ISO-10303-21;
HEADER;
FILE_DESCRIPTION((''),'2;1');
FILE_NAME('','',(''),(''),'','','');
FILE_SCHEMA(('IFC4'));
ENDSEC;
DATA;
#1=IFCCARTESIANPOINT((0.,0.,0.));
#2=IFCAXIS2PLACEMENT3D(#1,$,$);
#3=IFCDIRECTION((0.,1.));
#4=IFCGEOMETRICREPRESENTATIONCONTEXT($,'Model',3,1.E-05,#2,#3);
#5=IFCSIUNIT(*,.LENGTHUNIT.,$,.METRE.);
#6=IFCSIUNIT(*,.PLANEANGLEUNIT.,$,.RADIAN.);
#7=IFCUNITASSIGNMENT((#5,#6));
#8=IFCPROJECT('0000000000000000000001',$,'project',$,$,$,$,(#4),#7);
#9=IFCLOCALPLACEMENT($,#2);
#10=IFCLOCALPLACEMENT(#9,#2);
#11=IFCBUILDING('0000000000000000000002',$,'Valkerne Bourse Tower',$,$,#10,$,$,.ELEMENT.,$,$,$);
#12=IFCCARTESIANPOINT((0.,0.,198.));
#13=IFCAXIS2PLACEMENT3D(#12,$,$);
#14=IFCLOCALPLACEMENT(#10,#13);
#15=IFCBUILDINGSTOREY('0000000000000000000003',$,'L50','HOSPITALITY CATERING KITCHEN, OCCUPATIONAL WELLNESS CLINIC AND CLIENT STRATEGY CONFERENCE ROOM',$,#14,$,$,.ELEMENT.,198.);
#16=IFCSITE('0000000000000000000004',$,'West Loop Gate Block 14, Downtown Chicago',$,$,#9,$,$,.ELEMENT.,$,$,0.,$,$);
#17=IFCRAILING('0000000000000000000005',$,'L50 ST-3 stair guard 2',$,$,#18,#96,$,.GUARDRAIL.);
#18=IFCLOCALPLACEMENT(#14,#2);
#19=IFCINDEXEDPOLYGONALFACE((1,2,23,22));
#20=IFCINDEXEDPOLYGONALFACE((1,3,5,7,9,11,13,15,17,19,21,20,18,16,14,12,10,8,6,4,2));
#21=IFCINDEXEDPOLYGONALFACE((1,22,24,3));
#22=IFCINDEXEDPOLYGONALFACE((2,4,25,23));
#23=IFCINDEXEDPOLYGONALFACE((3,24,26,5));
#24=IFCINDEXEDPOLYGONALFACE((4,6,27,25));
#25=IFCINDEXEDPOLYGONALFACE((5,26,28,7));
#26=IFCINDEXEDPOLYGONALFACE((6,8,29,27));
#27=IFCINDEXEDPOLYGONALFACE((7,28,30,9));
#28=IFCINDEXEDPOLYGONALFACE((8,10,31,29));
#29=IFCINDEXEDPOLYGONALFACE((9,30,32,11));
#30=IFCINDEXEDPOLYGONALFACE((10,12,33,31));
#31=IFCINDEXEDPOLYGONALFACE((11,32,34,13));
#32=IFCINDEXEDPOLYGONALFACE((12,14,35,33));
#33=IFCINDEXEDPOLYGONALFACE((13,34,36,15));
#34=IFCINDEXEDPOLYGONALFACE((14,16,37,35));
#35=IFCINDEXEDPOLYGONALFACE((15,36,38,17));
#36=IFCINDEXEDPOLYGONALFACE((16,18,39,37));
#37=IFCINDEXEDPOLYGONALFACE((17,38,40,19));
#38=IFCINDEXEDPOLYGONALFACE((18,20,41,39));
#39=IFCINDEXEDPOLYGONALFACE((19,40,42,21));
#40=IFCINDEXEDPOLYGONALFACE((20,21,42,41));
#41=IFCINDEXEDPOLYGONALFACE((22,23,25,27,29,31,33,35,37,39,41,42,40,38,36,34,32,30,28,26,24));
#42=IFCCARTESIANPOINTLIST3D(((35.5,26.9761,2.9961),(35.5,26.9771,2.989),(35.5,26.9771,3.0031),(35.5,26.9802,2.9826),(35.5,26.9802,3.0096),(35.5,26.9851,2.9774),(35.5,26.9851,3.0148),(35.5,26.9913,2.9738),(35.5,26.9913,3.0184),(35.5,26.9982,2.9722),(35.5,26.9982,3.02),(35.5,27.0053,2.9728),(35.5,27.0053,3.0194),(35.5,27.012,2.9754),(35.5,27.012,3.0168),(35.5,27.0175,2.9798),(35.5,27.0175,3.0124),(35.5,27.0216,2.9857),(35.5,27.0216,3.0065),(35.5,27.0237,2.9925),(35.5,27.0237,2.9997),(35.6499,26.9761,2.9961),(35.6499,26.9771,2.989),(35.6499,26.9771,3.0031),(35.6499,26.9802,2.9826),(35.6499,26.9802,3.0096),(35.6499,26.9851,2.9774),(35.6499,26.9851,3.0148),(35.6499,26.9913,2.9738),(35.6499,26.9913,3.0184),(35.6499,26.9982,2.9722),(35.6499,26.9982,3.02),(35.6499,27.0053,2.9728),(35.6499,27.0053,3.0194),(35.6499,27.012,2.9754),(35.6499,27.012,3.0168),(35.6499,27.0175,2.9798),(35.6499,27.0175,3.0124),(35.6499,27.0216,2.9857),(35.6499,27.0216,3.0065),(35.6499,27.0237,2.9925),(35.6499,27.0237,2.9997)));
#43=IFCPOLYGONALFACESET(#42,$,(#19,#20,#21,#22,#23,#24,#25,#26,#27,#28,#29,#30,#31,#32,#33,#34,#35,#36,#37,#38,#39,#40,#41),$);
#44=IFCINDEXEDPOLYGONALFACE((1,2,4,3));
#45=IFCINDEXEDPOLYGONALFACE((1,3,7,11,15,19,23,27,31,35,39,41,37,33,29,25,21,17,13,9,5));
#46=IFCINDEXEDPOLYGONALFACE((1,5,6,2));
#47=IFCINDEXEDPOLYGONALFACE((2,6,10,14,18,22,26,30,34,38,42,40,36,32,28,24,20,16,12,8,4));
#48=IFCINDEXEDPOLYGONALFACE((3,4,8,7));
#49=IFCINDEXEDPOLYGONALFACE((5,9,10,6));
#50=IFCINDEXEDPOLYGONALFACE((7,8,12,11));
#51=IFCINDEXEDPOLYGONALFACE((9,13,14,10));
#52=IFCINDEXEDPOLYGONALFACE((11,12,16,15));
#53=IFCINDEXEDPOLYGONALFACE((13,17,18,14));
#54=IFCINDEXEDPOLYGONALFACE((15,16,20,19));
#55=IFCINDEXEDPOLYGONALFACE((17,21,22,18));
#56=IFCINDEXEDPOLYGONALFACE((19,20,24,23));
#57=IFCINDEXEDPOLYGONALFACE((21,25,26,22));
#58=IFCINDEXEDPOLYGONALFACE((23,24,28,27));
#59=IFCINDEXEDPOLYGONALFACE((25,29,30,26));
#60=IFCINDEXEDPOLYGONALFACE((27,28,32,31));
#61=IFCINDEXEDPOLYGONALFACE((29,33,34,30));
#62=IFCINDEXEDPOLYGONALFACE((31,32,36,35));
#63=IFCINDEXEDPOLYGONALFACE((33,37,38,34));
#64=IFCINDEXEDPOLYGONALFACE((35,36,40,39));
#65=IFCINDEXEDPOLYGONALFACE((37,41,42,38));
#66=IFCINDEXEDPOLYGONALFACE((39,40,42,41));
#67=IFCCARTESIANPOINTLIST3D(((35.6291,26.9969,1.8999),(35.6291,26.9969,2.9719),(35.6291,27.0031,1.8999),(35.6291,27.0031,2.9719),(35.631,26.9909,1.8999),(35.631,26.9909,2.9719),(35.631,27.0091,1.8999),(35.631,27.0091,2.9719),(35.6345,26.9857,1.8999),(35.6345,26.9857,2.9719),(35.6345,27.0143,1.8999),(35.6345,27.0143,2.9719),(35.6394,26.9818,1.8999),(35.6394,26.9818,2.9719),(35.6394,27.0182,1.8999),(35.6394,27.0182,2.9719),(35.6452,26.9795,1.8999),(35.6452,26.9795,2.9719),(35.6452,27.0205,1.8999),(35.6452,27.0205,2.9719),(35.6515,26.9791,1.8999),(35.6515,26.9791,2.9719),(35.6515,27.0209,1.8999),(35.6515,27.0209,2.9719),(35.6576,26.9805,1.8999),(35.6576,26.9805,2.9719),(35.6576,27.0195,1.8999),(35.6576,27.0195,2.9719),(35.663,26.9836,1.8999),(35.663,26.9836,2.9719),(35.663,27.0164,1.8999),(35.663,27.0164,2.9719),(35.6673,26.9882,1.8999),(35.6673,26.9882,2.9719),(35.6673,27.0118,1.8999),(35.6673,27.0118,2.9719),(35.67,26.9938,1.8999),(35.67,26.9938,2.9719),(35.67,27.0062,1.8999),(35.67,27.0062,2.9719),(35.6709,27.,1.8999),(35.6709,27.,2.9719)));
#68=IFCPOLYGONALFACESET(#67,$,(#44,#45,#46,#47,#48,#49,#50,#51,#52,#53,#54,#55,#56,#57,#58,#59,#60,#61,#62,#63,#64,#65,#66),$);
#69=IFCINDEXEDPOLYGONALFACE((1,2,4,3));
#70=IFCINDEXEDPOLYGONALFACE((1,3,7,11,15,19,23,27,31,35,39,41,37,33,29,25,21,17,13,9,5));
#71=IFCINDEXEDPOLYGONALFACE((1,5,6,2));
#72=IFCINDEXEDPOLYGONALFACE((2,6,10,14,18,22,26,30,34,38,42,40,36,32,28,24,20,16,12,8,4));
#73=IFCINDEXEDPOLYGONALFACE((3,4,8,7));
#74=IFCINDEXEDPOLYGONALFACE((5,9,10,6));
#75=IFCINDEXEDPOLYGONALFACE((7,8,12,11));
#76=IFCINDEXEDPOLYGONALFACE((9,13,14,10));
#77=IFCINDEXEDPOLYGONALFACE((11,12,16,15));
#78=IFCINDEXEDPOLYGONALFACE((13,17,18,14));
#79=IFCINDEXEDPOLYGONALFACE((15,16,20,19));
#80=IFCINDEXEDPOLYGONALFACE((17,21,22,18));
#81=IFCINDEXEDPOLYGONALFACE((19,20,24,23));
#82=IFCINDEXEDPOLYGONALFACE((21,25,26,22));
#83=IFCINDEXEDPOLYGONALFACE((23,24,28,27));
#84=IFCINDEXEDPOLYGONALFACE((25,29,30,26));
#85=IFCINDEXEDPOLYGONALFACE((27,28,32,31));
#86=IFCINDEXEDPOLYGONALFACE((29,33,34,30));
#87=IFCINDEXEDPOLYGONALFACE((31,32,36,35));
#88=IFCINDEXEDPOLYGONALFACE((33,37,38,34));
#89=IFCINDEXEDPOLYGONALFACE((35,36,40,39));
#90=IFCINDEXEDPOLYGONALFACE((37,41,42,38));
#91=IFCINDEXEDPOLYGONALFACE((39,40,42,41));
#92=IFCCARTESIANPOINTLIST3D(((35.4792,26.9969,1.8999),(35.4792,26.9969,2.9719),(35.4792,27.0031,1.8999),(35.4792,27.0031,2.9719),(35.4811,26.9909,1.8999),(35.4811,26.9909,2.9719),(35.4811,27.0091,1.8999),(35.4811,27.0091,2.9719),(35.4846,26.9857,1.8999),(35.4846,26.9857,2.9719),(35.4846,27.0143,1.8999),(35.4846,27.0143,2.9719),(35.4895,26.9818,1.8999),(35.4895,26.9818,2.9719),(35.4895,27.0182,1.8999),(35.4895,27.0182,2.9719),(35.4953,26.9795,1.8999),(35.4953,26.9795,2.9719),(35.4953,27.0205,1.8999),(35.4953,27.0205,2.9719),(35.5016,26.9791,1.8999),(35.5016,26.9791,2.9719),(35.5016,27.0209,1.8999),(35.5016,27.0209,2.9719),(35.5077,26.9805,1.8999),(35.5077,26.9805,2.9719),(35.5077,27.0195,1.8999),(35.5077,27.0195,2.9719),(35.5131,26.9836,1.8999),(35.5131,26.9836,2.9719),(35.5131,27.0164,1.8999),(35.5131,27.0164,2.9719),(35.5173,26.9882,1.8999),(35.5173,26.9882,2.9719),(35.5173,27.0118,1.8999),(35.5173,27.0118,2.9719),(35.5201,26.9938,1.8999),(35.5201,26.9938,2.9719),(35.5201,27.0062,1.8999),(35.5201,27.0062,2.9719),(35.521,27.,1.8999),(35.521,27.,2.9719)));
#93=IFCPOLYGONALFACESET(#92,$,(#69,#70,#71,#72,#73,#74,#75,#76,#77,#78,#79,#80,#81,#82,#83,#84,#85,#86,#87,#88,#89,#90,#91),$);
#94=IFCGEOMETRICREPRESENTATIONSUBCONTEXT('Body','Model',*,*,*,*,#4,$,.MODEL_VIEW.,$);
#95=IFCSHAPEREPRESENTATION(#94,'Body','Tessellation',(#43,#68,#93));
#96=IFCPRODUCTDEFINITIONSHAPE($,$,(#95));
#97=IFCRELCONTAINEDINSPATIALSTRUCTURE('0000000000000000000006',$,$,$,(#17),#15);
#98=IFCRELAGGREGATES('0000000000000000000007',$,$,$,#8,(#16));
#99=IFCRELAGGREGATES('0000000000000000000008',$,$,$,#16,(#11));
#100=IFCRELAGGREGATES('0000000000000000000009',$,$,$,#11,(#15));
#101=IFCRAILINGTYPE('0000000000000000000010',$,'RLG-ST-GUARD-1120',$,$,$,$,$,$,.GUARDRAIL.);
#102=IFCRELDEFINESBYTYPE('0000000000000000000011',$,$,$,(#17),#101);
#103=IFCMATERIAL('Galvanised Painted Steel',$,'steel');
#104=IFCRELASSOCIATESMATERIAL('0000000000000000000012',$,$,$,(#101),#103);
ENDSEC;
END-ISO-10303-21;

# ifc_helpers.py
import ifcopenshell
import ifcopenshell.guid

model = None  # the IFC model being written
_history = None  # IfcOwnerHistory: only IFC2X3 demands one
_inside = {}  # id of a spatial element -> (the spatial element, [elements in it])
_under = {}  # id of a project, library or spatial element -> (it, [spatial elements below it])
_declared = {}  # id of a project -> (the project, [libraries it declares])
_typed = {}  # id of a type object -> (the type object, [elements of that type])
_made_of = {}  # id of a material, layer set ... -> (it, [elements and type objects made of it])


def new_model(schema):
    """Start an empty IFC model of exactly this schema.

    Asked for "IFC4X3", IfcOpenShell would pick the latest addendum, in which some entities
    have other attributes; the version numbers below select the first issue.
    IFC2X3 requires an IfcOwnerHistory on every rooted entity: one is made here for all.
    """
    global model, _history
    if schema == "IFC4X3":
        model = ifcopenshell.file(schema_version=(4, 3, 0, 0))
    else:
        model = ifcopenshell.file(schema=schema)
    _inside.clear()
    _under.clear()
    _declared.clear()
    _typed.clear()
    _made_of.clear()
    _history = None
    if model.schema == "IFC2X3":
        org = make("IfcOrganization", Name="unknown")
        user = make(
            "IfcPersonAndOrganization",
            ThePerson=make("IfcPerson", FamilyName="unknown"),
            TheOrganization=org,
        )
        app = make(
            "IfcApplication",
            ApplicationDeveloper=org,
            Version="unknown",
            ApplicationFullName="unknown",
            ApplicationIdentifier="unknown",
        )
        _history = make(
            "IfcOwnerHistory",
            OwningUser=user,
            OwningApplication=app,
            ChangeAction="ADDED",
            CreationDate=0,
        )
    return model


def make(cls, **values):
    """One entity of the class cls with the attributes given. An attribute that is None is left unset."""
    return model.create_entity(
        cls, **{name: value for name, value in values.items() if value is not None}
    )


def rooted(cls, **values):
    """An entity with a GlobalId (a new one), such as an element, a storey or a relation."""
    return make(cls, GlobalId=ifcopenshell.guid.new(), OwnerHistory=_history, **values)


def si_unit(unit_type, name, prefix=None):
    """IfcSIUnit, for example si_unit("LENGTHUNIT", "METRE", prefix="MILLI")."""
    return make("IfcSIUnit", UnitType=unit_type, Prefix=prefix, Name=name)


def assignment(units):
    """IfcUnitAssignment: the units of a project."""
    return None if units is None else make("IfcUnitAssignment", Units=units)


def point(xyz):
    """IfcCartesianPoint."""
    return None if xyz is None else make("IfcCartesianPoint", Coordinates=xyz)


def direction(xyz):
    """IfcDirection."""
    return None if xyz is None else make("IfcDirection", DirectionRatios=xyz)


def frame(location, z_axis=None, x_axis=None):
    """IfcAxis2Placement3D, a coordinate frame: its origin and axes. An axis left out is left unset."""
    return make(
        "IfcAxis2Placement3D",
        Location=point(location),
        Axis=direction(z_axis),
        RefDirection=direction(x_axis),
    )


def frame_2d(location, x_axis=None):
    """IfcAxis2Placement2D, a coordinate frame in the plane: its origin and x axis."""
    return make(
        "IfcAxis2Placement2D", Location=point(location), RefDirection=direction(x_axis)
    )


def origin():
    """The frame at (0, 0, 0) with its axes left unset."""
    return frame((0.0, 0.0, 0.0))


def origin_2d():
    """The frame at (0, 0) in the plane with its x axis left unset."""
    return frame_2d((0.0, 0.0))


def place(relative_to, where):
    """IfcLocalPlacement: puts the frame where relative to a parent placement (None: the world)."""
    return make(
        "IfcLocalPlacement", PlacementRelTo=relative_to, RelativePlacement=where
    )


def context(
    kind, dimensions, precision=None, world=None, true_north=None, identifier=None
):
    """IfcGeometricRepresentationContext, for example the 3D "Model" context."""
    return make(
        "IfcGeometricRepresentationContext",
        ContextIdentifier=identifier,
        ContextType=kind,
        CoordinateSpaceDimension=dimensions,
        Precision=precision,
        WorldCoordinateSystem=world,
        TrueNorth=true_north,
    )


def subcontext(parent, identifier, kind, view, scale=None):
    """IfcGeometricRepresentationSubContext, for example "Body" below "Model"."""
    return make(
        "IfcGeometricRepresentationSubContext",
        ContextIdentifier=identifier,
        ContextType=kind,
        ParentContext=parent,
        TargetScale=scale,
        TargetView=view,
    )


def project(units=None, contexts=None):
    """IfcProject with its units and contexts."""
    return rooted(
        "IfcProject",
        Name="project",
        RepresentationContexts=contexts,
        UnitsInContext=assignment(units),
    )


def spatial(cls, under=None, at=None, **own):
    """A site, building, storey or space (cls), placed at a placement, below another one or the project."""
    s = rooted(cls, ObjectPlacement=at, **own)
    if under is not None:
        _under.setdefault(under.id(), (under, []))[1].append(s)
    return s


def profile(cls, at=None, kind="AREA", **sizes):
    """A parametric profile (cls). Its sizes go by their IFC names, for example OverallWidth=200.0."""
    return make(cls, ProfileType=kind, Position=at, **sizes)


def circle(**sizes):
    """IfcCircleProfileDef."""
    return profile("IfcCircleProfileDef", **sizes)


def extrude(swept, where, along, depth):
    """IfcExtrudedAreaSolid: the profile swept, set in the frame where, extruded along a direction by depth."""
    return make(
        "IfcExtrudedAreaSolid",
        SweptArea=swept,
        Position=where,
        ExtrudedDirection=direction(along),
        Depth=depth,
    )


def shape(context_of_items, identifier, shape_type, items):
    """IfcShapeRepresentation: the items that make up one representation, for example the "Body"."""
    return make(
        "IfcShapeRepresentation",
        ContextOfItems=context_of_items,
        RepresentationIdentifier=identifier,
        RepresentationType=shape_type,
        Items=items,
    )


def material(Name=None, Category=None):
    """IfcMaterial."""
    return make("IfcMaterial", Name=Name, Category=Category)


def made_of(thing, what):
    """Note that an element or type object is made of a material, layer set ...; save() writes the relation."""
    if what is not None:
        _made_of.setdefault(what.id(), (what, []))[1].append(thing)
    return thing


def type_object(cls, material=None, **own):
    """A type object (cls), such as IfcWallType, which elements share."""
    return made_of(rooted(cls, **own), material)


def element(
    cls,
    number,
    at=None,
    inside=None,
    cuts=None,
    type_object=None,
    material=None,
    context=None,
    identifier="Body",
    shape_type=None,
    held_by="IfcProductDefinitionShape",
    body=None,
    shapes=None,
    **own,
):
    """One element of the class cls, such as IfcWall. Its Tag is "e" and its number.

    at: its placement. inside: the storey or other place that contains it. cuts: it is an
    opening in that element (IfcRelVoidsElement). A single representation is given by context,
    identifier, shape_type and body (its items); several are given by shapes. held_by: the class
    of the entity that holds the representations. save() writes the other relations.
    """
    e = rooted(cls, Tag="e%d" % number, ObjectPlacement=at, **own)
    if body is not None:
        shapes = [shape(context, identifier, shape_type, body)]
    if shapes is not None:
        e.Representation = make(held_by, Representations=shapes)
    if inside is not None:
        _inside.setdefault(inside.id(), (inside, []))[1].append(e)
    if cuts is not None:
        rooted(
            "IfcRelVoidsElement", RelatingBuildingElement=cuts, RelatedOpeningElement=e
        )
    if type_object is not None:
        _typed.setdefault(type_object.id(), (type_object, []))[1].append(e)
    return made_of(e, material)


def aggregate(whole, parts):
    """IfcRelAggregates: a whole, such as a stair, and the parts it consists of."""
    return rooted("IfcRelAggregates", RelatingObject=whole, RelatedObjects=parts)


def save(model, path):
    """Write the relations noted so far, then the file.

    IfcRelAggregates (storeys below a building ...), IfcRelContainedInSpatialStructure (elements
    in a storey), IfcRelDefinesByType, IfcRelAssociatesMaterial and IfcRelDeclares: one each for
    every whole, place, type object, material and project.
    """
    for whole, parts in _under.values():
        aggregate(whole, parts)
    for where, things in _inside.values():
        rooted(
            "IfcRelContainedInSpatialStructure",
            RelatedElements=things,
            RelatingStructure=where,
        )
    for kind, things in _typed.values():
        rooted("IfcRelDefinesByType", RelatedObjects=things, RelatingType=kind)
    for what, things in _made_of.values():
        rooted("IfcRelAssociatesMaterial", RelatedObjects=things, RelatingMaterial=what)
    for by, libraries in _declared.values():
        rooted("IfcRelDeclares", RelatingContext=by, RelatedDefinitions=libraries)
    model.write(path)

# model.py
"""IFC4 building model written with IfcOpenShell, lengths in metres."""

from ifc_helpers import new_model, si_unit, direction, frame, origin, origin_2d, place, context, subcontext, project, spatial, circle, extrude, material, type_object, element, save


model = new_model("IFC4")

# Units and contexts
model_context = context("Model", 3, precision=1e-05, world=origin(), true_north=direction((0.0, 1.0)))
body_context = subcontext(model_context, "Body", "Model", "MODEL_VIEW")
ifc_project = project(units=[si_unit("LENGTHUNIT", "METRE"), si_unit("PLANEANGLEUNIT", "RADIAN")], contexts=[model_context])

# Site, building, storey
site_placement = place(None, origin())
site = spatial("IfcSite", under=ifc_project, at=site_placement, Name="West Loop Gate Block 14, Downtown Chicago", CompositionType="ELEMENT", RefElevation=0.0)
building_placement = place(site_placement, origin())
building = spatial("IfcBuilding", under=site, at=building_placement, Name="Valkerne Bourse Tower", CompositionType="ELEMENT")
storey_placement = place(building_placement, frame((0.0, 0.0, 198.0)))
storey = spatial("IfcBuildingStorey", under=building, at=storey_placement, Name="L50", Description="HOSPITALITY CATERING KITCHEN, OCCUPATIONAL WELLNESS CLINIC AND CLIENT STRATEGY CONFERENCE ROOM", CompositionType="ELEMENT", Elevation=198.0)

# Railing
ifc_material_1 = material(Name="Galvanised Painted Steel", Category="steel")
railing_type_1 = type_object("IfcRailingType", Name="RLG-ST-GUARD-1120", PredefinedType="GUARDRAIL", material=ifc_material_1)
railing_1_placement = place(storey_placement, frame((35.6499, 27.0, 1.8999)))
element("IfcRailing", 1, at=railing_1_placement, inside=storey, type_object=railing_type_1, Name="L50 ST-3 stair guard 2", PredefinedType="GUARDRAIL", context=body_context, shape_type="SweptSolid", body=[
    extrude(circle(Radius=0.0239, at=origin_2d()), frame((0.0, 0.0, 1.0962), z_axis=(-1.0, 0.0, 0.0), x_axis=(0.0, -1.0, 0.0)), (0.0, 0.0, 1.0), 0.1499),
    extrude(circle(Radius=0.021, at=origin_2d()), origin(), (0.0, 0.0, 1.0), 1.072),
    extrude(circle(Radius=0.021, at=origin_2d()), frame((-0.1499, 0.0, 0.0)), (0.0, 0.0, 1.0), 1.072),
])

save(model, "model.ifc")
